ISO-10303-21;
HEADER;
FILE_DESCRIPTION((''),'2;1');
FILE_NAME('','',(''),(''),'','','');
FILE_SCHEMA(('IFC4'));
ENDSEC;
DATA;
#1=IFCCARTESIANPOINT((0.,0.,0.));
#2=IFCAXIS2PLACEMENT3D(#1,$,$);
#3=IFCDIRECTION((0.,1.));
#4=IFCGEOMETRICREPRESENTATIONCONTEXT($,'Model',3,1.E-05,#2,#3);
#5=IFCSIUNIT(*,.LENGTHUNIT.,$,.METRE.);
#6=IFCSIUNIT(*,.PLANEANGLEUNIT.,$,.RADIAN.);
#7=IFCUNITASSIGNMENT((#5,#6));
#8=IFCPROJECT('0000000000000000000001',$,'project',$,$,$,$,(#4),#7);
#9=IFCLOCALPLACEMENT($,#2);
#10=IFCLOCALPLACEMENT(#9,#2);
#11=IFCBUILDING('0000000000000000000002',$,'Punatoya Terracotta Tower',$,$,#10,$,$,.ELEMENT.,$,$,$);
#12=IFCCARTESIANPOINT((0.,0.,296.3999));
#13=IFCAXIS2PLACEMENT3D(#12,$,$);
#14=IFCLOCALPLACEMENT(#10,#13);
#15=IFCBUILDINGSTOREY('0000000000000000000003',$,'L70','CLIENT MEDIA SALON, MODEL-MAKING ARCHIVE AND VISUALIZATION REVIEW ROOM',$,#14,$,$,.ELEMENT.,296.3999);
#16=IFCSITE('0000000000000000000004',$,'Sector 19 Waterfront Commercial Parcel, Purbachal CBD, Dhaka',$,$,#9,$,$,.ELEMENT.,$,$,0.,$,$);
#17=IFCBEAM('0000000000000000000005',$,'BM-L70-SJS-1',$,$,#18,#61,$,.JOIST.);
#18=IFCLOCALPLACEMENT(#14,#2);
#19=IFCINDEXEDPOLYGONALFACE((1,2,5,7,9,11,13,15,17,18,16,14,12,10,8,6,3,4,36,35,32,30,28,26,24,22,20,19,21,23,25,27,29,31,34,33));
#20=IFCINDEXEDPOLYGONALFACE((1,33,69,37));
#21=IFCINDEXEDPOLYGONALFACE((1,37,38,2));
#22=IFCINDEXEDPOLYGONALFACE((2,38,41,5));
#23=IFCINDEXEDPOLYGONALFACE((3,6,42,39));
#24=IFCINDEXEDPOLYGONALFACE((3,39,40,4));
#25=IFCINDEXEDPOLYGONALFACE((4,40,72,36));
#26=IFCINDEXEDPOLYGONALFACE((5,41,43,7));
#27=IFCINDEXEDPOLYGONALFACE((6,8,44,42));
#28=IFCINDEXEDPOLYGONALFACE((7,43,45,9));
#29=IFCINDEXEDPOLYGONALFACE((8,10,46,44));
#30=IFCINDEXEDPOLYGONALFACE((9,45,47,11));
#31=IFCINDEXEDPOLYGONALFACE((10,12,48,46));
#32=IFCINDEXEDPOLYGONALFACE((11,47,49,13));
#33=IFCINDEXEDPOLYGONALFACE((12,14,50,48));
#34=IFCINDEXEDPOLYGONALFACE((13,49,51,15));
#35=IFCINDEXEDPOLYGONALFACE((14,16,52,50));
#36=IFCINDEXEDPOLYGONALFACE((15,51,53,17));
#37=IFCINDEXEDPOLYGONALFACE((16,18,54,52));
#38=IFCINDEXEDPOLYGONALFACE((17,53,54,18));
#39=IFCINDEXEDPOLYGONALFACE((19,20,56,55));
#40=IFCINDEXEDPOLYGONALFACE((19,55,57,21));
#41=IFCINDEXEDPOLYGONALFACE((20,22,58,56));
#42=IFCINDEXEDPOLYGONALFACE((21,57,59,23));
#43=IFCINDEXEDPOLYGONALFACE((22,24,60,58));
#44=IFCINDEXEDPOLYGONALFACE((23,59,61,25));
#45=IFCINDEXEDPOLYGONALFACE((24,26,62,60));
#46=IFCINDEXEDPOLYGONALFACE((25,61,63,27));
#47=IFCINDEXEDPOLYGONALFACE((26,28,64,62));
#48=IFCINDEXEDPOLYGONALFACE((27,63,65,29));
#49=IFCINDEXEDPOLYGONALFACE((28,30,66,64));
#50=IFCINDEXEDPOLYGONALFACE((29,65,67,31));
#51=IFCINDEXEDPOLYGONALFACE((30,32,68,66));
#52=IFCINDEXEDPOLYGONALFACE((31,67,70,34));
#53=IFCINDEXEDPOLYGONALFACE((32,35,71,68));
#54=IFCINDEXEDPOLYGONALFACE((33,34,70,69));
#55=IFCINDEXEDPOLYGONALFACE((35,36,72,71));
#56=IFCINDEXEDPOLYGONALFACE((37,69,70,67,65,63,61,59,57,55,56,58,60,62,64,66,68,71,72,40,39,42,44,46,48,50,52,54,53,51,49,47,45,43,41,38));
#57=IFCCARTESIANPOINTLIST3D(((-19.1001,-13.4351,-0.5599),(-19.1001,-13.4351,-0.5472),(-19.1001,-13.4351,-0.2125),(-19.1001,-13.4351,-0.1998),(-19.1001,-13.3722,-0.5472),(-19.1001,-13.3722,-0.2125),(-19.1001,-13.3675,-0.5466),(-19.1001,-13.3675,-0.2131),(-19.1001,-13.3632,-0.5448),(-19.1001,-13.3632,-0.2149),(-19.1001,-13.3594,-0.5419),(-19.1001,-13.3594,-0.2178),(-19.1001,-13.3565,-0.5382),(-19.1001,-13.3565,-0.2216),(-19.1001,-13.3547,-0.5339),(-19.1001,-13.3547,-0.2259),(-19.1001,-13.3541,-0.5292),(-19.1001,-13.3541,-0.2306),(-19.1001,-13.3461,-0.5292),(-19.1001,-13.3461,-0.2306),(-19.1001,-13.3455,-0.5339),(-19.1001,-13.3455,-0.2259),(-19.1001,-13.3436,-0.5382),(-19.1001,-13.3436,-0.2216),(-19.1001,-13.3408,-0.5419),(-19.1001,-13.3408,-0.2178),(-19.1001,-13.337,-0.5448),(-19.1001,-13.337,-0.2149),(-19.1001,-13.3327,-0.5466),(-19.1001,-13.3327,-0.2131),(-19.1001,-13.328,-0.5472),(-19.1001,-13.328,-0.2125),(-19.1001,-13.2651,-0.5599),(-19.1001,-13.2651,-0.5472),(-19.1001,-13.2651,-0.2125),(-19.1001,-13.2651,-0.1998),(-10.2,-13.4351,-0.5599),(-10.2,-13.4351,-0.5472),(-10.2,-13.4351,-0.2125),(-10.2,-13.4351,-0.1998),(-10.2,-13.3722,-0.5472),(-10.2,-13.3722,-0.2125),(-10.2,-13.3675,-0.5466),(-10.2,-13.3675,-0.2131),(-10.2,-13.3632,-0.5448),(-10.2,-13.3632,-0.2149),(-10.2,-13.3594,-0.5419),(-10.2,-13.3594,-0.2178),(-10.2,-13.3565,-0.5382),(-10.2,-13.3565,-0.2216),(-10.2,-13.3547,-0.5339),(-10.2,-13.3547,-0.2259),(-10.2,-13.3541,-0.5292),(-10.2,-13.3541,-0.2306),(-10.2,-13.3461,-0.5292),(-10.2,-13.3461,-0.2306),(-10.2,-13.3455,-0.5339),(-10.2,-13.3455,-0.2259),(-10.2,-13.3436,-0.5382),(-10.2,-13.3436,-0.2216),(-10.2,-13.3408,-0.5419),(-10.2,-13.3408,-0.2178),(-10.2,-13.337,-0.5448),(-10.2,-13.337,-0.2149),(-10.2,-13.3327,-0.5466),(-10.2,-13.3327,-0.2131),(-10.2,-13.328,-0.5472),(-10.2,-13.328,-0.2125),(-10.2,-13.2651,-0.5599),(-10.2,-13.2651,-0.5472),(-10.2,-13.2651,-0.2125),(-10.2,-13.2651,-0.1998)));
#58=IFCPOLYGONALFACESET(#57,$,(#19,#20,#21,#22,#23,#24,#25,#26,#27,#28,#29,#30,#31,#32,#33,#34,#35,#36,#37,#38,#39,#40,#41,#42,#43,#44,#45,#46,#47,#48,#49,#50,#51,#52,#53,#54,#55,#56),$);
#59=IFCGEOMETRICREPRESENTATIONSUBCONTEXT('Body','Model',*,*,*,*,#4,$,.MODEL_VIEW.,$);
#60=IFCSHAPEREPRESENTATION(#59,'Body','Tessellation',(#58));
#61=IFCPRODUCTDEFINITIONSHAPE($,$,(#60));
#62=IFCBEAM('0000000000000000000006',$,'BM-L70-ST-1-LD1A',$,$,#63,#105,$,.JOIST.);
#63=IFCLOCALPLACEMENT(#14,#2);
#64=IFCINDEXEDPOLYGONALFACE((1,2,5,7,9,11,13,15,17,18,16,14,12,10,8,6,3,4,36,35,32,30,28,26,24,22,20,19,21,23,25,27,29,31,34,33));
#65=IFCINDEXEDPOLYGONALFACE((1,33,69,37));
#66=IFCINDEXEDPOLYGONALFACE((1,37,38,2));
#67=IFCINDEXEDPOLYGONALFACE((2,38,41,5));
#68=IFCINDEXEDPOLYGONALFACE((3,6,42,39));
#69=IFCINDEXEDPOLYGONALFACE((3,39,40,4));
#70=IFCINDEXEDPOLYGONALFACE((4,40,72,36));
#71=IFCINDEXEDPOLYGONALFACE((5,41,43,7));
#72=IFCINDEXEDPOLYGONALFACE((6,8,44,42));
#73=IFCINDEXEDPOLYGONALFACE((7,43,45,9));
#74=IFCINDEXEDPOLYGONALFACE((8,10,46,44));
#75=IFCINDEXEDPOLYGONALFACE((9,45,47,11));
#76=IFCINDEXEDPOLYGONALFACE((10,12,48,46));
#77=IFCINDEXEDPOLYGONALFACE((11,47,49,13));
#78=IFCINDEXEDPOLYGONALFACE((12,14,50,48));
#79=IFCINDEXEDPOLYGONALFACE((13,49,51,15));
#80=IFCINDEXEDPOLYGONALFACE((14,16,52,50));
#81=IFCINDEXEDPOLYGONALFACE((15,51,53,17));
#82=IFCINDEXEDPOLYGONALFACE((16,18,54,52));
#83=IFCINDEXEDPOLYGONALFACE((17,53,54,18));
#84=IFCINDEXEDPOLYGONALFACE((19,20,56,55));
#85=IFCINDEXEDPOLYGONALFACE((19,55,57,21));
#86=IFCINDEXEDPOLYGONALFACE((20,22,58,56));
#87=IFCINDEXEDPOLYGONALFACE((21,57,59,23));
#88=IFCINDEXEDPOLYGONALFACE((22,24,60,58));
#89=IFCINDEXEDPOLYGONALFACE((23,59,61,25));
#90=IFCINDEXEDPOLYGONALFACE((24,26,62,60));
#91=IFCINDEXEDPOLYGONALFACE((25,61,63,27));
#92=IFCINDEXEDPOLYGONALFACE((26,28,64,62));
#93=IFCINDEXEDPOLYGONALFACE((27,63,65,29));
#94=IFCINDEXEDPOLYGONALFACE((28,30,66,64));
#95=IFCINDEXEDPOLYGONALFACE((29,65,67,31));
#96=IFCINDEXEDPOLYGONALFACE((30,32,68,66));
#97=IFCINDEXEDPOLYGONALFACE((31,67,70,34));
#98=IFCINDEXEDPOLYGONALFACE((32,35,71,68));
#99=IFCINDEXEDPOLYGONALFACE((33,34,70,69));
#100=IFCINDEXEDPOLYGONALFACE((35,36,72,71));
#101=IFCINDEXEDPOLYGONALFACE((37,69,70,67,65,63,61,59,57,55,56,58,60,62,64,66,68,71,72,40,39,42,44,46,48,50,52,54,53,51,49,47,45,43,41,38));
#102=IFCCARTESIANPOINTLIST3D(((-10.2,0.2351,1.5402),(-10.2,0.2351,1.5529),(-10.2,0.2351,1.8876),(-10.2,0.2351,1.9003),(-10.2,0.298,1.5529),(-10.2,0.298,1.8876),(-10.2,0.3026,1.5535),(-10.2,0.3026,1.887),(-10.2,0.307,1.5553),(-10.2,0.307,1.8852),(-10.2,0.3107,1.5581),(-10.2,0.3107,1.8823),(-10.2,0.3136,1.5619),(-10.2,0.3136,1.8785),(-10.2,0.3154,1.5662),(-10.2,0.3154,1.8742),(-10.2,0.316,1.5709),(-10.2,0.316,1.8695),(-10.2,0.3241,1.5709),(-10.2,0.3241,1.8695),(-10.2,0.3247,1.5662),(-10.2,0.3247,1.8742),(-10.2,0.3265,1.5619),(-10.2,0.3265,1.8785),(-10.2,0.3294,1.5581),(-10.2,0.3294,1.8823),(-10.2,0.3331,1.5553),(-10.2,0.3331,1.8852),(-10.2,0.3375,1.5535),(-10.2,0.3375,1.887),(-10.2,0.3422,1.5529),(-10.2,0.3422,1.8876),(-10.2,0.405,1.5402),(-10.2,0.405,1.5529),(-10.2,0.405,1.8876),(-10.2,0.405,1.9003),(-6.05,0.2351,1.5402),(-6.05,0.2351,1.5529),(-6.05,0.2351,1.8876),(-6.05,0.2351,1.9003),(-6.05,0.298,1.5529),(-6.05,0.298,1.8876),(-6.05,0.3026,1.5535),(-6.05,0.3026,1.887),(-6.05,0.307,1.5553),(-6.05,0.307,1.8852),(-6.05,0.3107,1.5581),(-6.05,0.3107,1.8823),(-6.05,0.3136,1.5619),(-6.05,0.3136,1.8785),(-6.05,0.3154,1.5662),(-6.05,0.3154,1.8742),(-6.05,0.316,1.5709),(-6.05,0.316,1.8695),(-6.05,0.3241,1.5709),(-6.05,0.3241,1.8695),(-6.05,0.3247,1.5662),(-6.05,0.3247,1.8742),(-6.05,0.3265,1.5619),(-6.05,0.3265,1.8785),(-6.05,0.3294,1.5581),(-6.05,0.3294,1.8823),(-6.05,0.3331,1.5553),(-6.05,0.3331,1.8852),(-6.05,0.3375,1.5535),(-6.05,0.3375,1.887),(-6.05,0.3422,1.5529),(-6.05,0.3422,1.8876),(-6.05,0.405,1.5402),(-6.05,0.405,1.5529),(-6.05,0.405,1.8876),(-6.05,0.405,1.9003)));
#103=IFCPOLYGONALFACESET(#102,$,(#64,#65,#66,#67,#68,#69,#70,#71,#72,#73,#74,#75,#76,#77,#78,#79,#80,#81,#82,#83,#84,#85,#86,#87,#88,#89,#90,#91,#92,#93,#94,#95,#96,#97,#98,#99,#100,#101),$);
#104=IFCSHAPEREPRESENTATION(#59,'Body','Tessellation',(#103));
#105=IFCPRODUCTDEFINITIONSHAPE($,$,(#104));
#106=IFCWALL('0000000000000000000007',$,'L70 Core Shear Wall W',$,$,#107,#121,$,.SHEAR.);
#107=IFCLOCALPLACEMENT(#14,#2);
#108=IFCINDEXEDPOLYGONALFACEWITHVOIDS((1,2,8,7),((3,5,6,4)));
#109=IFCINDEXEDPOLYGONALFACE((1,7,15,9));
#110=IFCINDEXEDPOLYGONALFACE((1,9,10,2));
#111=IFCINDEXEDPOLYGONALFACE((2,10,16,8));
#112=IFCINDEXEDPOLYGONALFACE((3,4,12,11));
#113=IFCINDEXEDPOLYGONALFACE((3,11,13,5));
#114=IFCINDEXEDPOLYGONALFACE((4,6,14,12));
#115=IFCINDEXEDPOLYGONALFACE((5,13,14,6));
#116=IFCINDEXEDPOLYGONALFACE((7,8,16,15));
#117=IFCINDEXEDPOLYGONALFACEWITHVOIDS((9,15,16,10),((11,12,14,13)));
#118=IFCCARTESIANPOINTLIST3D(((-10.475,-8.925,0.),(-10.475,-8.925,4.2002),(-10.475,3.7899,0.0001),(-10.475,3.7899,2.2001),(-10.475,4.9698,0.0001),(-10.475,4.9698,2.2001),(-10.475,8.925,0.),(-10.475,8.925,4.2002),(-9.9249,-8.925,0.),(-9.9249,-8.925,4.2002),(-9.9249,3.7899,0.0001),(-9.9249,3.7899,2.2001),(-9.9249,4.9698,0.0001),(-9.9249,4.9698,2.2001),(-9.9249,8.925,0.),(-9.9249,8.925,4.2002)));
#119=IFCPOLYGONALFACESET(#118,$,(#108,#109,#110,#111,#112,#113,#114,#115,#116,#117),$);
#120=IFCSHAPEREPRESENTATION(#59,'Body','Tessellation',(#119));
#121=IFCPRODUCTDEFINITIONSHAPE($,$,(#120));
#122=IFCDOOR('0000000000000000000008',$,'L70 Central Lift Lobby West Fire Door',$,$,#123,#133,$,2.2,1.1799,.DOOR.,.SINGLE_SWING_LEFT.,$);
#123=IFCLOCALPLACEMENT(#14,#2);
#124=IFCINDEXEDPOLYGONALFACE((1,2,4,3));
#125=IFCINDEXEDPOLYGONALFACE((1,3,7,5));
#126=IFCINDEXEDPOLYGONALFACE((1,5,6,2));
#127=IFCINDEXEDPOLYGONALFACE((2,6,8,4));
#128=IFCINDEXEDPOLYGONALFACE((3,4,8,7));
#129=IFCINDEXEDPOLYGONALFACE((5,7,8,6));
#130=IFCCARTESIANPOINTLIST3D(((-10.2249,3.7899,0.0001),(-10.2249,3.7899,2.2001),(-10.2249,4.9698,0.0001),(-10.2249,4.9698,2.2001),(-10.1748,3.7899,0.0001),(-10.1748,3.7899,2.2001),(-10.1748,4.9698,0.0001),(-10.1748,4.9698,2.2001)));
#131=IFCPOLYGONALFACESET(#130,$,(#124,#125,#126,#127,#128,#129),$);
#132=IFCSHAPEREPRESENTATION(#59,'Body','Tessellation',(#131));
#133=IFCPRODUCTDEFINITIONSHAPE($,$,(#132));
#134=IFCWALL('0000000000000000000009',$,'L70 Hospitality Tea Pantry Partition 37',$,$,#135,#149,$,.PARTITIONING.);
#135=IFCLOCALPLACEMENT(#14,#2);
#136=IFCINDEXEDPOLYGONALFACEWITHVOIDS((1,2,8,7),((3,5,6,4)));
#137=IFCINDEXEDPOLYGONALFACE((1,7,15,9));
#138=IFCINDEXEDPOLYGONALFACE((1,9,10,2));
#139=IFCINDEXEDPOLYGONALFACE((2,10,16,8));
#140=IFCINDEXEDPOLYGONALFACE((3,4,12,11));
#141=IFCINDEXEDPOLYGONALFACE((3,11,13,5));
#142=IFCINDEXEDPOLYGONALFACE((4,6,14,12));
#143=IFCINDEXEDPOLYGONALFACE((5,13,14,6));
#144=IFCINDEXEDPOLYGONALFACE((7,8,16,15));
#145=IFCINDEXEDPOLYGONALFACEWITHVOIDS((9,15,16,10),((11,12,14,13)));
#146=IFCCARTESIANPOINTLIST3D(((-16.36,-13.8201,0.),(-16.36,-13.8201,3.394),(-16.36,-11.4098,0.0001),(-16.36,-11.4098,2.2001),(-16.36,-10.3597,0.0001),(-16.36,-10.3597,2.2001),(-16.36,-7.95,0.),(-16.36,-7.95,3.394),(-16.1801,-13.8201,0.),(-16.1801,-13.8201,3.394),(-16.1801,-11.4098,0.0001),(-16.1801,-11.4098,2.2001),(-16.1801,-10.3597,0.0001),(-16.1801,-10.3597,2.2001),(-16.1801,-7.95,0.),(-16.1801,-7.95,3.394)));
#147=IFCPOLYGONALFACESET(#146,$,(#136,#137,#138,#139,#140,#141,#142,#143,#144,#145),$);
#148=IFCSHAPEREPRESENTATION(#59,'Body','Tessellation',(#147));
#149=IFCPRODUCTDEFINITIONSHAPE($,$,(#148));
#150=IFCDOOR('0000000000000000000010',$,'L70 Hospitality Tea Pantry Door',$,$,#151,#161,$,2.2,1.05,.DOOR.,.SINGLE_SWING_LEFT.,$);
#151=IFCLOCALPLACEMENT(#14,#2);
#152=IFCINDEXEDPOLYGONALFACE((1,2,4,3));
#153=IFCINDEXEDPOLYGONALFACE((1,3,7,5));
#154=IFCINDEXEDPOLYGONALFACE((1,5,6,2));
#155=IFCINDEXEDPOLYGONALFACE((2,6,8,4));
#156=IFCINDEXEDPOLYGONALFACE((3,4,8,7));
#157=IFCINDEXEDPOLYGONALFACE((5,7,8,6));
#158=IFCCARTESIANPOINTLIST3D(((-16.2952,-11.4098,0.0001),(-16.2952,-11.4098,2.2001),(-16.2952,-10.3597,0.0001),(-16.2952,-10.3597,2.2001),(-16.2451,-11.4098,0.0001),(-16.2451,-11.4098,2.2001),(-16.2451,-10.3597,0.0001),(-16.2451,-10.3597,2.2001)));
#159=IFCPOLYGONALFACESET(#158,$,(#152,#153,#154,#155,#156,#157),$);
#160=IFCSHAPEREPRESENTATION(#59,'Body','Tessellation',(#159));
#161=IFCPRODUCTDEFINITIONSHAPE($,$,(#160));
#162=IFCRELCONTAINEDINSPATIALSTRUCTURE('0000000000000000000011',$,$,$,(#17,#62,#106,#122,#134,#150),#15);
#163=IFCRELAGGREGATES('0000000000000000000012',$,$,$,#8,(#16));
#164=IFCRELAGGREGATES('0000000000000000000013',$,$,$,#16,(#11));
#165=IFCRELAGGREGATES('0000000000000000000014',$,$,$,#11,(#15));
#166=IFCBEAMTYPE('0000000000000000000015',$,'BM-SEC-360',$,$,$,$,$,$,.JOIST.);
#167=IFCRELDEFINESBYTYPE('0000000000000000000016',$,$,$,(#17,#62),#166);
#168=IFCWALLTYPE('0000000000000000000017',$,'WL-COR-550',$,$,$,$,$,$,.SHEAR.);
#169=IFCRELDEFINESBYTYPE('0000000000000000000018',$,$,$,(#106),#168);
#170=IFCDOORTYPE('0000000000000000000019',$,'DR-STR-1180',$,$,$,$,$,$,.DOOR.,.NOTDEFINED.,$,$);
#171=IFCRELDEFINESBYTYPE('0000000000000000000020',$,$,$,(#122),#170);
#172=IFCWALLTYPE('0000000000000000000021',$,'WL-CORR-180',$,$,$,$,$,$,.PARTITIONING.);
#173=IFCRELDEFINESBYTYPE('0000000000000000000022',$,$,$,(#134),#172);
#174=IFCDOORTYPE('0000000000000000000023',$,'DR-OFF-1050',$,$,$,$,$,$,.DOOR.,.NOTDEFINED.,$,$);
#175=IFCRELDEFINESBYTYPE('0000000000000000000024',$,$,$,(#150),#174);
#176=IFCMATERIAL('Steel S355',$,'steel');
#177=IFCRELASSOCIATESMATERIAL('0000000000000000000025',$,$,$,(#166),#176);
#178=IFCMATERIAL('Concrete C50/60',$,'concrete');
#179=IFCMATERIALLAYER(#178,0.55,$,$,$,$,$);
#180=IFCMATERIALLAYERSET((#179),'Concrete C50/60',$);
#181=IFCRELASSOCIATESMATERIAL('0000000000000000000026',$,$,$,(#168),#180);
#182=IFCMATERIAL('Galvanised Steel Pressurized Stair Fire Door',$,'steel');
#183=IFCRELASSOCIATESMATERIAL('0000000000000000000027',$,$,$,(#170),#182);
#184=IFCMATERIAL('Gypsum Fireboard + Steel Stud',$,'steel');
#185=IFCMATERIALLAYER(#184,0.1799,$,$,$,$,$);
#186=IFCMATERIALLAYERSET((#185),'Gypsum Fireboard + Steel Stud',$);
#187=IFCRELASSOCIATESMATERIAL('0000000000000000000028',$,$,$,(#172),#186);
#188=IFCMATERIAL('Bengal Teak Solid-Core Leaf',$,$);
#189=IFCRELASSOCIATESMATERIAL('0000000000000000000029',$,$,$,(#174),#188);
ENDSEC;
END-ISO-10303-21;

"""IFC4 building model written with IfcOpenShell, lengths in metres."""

from ifc_helpers import new_model, si_unit, direction, frame, frame_2d, origin, origin_2d, place, context, subcontext, project, spatial, rectangle, i_section, extrude, material, layer, layer_set, material_profile, profile_set, type_object, element, fill, save


model = new_model("IFC4")

# Units and contexts
model_context = context("Model", 3, precision=1e-05, world=origin(), true_north=direction((0.0, 1.0)))
body_context = subcontext(model_context, "Body", "Model", "MODEL_VIEW")
ifc_project = project(units=[si_unit("LENGTHUNIT", "METRE"), si_unit("PLANEANGLEUNIT", "RADIAN")], contexts=[model_context])

# Site, building, storey
site_placement = place(None, origin())
site = spatial("IfcSite", under=ifc_project, at=site_placement, Name="Sector 19 Waterfront Commercial Parcel, Purbachal CBD, Dhaka", CompositionType="ELEMENT", RefElevation=0.0)
building_placement = place(site_placement, origin())
building = spatial("IfcBuilding", under=site, at=building_placement, Name="Punatoya Terracotta Tower", CompositionType="ELEMENT")
storey_placement = place(building_placement, frame((0.0, 0.0, 296.3999)))
storey = spatial("IfcBuildingStorey", under=building, at=storey_placement, Name="L70", Description="CLIENT MEDIA SALON, MODEL-MAKING ARCHIVE AND VISUALIZATION REVIEW ROOM", CompositionType="ELEMENT", Elevation=296.3999)

# Beams
ifc_material_1 = material(Name="Steel S355", Category="steel")
ifc_material_2 = material(Name="Concrete C50/60", Category="concrete")
ifc_material_profile_1 = material_profile(ifc_material_1, i_section(OverallWidth=0.1699, OverallDepth=0.3601, WebThickness=0.0081, FlangeThickness=0.0127, FilletRadius=0.0181, at=origin_2d()))
ifc_profile_set_1 = profile_set([ifc_material_profile_1], Name="Steel S355")
beam_type_1 = type_object("IfcBeamType", Name="BM-SEC-360", PredefinedType="JOIST", material=ifc_profile_set_1)
beam_1_placement = place(storey_placement, frame((-19.1001, -13.3501, -0.3799), z_axis=(1.0, 0.0, 0.0), x_axis=(0.0, 1.0, 0.0)))
element("IfcBeam", 1, at=beam_1_placement, inside=storey, type_object=beam_type_1, Name="BM-L70-SJS-1", PredefinedType="JOIST", context=body_context, shape_type="SweptSolid", body=[
    extrude(i_section(OverallWidth=0.1699, OverallDepth=0.3601, WebThickness=0.0081, FlangeThickness=0.0127, FilletRadius=0.0181, at=origin_2d()), origin(), (0.0, 0.0, 1.0), 8.9001),
])
beam_2_placement = place(storey_placement, frame((-10.2, 0.3201, 1.7202), z_axis=(1.0, 0.0, 0.0), x_axis=(0.0, 1.0, 0.0)))
element("IfcBeam", 2, at=beam_2_placement, inside=storey, type_object=beam_type_1, Name="BM-L70-ST-1-LD1A", PredefinedType="JOIST", context=body_context, shape_type="SweptSolid", body=[
    extrude(i_section(OverallWidth=0.1699, OverallDepth=0.3601, WebThickness=0.0081, FlangeThickness=0.0127, FilletRadius=0.0181, at=origin_2d()), origin(), (0.0, 0.0, 1.0), 4.1499),
])

# Walls, openings, doors
ifc_layer_1 = layer(ifc_material_2, 0.55)
ifc_layer_set_1 = layer_set([ifc_layer_1], Name="Concrete C50/60")
wall_type_1 = type_object("IfcWallType", Name="WL-COR-550", PredefinedType="SHEAR", material=ifc_layer_set_1)
wall_1_placement = place(storey_placement, frame((-10.2, -8.925, 0.0), z_axis=(0.0, 0.0, 1.0), x_axis=(0.0, 1.0, 0.0)))
wall_1 = element("IfcWall", 3, at=wall_1_placement, inside=storey, type_object=wall_type_1, Name="L70 Core Shear Wall W", PredefinedType="SHEAR", context=body_context, shape_type="SweptSolid", body=[
    extrude(rectangle(XDim=17.8501, YDim=0.55, at=frame_2d((8.925, 0.0))), origin(), (0.0, 0.0, 1.0), 4.2002),
])
opening_1_placement = place(wall_1_placement, frame((12.7151, 0.0, 0.0)))
opening_1 = element("IfcOpeningElement", 4, at=opening_1_placement, cuts=wall_1, PredefinedType="OPENING", context=body_context, shape_type="SweptSolid", body=[
    extrude(rectangle(XDim=1.1799, YDim=2.2, at=frame_2d((0.5898, 1.1001))), frame((0.0, 0.2849, 0.0), z_axis=(0.0, -1.0, 0.0), x_axis=(1.0, 0.0, 0.0)), (0.0, 0.0, 1.0), 0.5701),
])
ifc_material_3 = material(Name="Galvanised Steel Pressurized Stair Fire Door", Category="steel")
door_type_1 = type_object("IfcDoorType", Name="DR-STR-1180", OperationType="NOTDEFINED", PredefinedType="DOOR", material=ifc_material_3)
door_1_placement = place(opening_1_placement, origin())
door_1 = element("IfcDoor", 5, at=door_1_placement, inside=storey, type_object=door_type_1, Name="L70 Central Lift Lobby West Fire Door", OperationType="SINGLE_SWING_LEFT", OverallHeight=2.2, OverallWidth=1.1799, PredefinedType="DOOR", context=body_context, shape_type="SweptSolid", body=[
    extrude(rectangle(XDim=1.1799, YDim=2.2, at=frame_2d((0.5898, 1.1001))), frame((0.0, 0.0249, 0.0), z_axis=(0.0, -1.0, 0.0), x_axis=(1.0, 0.0, 0.0)), (0.0, 0.0, 1.0), 0.05),
])
fill(opening_1, door_1)
ifc_material_4 = material(Name="Gypsum Fireboard + Steel Stud", Category="steel")
ifc_layer_2 = layer(ifc_material_4, 0.1799)
ifc_layer_set_2 = layer_set([ifc_layer_2], Name="Gypsum Fireboard + Steel Stud")
wall_type_2 = type_object("IfcWallType", Name="WL-CORR-180", PredefinedType="PARTITIONING", material=ifc_layer_set_2)
wall_2_placement = place(storey_placement, frame((-16.27, -7.95, 0.0), z_axis=(0.0, 0.0, 1.0), x_axis=(0.0, -1.0, 0.0)))
wall_2 = element("IfcWall", 6, at=wall_2_placement, inside=storey, type_object=wall_type_2, Name="L70 Hospitality Tea Pantry Partition 37", PredefinedType="PARTITIONING", context=body_context, shape_type="SweptSolid", body=[
    extrude(rectangle(XDim=5.8701, YDim=0.1799, at=frame_2d((2.9351, 0.0))), origin(), (0.0, 0.0, 1.0), 3.394),
])
opening_2_placement = place(wall_2_placement, frame((2.4099, 0.0, 0.0)))
opening_2 = element("IfcOpeningElement", 7, at=opening_2_placement, cuts=wall_2, PredefinedType="OPENING", context=body_context, shape_type="SweptSolid", body=[
    extrude(rectangle(XDim=1.05, YDim=2.2, at=frame_2d((0.5249, 1.1001))), frame((0.0, 0.0999, 0.0), z_axis=(0.0, -1.0, 0.0), x_axis=(1.0, 0.0, 0.0)), (0.0, 0.0, 1.0), 0.2),
])
ifc_material_5 = material(Name="Bengal Teak Solid-Core Leaf")
door_type_2 = type_object("IfcDoorType", Name="DR-OFF-1050", OperationType="NOTDEFINED", PredefinedType="DOOR", material=ifc_material_5)
door_2_placement = place(opening_2_placement, origin())
door_2 = element("IfcDoor", 8, at=door_2_placement, inside=storey, type_object=door_type_2, Name="L70 Hospitality Tea Pantry Door", OperationType="SINGLE_SWING_LEFT", OverallHeight=2.2, OverallWidth=1.05, PredefinedType="DOOR", context=body_context, shape_type="SweptSolid", body=[
    extrude(rectangle(XDim=1.05, YDim=2.2, at=frame_2d((0.5249, 1.1001))), frame((0.0, 0.0249, 0.0), z_axis=(0.0, -1.0, 0.0), x_axis=(1.0, 0.0, 0.0)), (0.0, 0.0, 1.0), 0.05),
])
fill(opening_2, door_2)

save(model, "model.ifc")
